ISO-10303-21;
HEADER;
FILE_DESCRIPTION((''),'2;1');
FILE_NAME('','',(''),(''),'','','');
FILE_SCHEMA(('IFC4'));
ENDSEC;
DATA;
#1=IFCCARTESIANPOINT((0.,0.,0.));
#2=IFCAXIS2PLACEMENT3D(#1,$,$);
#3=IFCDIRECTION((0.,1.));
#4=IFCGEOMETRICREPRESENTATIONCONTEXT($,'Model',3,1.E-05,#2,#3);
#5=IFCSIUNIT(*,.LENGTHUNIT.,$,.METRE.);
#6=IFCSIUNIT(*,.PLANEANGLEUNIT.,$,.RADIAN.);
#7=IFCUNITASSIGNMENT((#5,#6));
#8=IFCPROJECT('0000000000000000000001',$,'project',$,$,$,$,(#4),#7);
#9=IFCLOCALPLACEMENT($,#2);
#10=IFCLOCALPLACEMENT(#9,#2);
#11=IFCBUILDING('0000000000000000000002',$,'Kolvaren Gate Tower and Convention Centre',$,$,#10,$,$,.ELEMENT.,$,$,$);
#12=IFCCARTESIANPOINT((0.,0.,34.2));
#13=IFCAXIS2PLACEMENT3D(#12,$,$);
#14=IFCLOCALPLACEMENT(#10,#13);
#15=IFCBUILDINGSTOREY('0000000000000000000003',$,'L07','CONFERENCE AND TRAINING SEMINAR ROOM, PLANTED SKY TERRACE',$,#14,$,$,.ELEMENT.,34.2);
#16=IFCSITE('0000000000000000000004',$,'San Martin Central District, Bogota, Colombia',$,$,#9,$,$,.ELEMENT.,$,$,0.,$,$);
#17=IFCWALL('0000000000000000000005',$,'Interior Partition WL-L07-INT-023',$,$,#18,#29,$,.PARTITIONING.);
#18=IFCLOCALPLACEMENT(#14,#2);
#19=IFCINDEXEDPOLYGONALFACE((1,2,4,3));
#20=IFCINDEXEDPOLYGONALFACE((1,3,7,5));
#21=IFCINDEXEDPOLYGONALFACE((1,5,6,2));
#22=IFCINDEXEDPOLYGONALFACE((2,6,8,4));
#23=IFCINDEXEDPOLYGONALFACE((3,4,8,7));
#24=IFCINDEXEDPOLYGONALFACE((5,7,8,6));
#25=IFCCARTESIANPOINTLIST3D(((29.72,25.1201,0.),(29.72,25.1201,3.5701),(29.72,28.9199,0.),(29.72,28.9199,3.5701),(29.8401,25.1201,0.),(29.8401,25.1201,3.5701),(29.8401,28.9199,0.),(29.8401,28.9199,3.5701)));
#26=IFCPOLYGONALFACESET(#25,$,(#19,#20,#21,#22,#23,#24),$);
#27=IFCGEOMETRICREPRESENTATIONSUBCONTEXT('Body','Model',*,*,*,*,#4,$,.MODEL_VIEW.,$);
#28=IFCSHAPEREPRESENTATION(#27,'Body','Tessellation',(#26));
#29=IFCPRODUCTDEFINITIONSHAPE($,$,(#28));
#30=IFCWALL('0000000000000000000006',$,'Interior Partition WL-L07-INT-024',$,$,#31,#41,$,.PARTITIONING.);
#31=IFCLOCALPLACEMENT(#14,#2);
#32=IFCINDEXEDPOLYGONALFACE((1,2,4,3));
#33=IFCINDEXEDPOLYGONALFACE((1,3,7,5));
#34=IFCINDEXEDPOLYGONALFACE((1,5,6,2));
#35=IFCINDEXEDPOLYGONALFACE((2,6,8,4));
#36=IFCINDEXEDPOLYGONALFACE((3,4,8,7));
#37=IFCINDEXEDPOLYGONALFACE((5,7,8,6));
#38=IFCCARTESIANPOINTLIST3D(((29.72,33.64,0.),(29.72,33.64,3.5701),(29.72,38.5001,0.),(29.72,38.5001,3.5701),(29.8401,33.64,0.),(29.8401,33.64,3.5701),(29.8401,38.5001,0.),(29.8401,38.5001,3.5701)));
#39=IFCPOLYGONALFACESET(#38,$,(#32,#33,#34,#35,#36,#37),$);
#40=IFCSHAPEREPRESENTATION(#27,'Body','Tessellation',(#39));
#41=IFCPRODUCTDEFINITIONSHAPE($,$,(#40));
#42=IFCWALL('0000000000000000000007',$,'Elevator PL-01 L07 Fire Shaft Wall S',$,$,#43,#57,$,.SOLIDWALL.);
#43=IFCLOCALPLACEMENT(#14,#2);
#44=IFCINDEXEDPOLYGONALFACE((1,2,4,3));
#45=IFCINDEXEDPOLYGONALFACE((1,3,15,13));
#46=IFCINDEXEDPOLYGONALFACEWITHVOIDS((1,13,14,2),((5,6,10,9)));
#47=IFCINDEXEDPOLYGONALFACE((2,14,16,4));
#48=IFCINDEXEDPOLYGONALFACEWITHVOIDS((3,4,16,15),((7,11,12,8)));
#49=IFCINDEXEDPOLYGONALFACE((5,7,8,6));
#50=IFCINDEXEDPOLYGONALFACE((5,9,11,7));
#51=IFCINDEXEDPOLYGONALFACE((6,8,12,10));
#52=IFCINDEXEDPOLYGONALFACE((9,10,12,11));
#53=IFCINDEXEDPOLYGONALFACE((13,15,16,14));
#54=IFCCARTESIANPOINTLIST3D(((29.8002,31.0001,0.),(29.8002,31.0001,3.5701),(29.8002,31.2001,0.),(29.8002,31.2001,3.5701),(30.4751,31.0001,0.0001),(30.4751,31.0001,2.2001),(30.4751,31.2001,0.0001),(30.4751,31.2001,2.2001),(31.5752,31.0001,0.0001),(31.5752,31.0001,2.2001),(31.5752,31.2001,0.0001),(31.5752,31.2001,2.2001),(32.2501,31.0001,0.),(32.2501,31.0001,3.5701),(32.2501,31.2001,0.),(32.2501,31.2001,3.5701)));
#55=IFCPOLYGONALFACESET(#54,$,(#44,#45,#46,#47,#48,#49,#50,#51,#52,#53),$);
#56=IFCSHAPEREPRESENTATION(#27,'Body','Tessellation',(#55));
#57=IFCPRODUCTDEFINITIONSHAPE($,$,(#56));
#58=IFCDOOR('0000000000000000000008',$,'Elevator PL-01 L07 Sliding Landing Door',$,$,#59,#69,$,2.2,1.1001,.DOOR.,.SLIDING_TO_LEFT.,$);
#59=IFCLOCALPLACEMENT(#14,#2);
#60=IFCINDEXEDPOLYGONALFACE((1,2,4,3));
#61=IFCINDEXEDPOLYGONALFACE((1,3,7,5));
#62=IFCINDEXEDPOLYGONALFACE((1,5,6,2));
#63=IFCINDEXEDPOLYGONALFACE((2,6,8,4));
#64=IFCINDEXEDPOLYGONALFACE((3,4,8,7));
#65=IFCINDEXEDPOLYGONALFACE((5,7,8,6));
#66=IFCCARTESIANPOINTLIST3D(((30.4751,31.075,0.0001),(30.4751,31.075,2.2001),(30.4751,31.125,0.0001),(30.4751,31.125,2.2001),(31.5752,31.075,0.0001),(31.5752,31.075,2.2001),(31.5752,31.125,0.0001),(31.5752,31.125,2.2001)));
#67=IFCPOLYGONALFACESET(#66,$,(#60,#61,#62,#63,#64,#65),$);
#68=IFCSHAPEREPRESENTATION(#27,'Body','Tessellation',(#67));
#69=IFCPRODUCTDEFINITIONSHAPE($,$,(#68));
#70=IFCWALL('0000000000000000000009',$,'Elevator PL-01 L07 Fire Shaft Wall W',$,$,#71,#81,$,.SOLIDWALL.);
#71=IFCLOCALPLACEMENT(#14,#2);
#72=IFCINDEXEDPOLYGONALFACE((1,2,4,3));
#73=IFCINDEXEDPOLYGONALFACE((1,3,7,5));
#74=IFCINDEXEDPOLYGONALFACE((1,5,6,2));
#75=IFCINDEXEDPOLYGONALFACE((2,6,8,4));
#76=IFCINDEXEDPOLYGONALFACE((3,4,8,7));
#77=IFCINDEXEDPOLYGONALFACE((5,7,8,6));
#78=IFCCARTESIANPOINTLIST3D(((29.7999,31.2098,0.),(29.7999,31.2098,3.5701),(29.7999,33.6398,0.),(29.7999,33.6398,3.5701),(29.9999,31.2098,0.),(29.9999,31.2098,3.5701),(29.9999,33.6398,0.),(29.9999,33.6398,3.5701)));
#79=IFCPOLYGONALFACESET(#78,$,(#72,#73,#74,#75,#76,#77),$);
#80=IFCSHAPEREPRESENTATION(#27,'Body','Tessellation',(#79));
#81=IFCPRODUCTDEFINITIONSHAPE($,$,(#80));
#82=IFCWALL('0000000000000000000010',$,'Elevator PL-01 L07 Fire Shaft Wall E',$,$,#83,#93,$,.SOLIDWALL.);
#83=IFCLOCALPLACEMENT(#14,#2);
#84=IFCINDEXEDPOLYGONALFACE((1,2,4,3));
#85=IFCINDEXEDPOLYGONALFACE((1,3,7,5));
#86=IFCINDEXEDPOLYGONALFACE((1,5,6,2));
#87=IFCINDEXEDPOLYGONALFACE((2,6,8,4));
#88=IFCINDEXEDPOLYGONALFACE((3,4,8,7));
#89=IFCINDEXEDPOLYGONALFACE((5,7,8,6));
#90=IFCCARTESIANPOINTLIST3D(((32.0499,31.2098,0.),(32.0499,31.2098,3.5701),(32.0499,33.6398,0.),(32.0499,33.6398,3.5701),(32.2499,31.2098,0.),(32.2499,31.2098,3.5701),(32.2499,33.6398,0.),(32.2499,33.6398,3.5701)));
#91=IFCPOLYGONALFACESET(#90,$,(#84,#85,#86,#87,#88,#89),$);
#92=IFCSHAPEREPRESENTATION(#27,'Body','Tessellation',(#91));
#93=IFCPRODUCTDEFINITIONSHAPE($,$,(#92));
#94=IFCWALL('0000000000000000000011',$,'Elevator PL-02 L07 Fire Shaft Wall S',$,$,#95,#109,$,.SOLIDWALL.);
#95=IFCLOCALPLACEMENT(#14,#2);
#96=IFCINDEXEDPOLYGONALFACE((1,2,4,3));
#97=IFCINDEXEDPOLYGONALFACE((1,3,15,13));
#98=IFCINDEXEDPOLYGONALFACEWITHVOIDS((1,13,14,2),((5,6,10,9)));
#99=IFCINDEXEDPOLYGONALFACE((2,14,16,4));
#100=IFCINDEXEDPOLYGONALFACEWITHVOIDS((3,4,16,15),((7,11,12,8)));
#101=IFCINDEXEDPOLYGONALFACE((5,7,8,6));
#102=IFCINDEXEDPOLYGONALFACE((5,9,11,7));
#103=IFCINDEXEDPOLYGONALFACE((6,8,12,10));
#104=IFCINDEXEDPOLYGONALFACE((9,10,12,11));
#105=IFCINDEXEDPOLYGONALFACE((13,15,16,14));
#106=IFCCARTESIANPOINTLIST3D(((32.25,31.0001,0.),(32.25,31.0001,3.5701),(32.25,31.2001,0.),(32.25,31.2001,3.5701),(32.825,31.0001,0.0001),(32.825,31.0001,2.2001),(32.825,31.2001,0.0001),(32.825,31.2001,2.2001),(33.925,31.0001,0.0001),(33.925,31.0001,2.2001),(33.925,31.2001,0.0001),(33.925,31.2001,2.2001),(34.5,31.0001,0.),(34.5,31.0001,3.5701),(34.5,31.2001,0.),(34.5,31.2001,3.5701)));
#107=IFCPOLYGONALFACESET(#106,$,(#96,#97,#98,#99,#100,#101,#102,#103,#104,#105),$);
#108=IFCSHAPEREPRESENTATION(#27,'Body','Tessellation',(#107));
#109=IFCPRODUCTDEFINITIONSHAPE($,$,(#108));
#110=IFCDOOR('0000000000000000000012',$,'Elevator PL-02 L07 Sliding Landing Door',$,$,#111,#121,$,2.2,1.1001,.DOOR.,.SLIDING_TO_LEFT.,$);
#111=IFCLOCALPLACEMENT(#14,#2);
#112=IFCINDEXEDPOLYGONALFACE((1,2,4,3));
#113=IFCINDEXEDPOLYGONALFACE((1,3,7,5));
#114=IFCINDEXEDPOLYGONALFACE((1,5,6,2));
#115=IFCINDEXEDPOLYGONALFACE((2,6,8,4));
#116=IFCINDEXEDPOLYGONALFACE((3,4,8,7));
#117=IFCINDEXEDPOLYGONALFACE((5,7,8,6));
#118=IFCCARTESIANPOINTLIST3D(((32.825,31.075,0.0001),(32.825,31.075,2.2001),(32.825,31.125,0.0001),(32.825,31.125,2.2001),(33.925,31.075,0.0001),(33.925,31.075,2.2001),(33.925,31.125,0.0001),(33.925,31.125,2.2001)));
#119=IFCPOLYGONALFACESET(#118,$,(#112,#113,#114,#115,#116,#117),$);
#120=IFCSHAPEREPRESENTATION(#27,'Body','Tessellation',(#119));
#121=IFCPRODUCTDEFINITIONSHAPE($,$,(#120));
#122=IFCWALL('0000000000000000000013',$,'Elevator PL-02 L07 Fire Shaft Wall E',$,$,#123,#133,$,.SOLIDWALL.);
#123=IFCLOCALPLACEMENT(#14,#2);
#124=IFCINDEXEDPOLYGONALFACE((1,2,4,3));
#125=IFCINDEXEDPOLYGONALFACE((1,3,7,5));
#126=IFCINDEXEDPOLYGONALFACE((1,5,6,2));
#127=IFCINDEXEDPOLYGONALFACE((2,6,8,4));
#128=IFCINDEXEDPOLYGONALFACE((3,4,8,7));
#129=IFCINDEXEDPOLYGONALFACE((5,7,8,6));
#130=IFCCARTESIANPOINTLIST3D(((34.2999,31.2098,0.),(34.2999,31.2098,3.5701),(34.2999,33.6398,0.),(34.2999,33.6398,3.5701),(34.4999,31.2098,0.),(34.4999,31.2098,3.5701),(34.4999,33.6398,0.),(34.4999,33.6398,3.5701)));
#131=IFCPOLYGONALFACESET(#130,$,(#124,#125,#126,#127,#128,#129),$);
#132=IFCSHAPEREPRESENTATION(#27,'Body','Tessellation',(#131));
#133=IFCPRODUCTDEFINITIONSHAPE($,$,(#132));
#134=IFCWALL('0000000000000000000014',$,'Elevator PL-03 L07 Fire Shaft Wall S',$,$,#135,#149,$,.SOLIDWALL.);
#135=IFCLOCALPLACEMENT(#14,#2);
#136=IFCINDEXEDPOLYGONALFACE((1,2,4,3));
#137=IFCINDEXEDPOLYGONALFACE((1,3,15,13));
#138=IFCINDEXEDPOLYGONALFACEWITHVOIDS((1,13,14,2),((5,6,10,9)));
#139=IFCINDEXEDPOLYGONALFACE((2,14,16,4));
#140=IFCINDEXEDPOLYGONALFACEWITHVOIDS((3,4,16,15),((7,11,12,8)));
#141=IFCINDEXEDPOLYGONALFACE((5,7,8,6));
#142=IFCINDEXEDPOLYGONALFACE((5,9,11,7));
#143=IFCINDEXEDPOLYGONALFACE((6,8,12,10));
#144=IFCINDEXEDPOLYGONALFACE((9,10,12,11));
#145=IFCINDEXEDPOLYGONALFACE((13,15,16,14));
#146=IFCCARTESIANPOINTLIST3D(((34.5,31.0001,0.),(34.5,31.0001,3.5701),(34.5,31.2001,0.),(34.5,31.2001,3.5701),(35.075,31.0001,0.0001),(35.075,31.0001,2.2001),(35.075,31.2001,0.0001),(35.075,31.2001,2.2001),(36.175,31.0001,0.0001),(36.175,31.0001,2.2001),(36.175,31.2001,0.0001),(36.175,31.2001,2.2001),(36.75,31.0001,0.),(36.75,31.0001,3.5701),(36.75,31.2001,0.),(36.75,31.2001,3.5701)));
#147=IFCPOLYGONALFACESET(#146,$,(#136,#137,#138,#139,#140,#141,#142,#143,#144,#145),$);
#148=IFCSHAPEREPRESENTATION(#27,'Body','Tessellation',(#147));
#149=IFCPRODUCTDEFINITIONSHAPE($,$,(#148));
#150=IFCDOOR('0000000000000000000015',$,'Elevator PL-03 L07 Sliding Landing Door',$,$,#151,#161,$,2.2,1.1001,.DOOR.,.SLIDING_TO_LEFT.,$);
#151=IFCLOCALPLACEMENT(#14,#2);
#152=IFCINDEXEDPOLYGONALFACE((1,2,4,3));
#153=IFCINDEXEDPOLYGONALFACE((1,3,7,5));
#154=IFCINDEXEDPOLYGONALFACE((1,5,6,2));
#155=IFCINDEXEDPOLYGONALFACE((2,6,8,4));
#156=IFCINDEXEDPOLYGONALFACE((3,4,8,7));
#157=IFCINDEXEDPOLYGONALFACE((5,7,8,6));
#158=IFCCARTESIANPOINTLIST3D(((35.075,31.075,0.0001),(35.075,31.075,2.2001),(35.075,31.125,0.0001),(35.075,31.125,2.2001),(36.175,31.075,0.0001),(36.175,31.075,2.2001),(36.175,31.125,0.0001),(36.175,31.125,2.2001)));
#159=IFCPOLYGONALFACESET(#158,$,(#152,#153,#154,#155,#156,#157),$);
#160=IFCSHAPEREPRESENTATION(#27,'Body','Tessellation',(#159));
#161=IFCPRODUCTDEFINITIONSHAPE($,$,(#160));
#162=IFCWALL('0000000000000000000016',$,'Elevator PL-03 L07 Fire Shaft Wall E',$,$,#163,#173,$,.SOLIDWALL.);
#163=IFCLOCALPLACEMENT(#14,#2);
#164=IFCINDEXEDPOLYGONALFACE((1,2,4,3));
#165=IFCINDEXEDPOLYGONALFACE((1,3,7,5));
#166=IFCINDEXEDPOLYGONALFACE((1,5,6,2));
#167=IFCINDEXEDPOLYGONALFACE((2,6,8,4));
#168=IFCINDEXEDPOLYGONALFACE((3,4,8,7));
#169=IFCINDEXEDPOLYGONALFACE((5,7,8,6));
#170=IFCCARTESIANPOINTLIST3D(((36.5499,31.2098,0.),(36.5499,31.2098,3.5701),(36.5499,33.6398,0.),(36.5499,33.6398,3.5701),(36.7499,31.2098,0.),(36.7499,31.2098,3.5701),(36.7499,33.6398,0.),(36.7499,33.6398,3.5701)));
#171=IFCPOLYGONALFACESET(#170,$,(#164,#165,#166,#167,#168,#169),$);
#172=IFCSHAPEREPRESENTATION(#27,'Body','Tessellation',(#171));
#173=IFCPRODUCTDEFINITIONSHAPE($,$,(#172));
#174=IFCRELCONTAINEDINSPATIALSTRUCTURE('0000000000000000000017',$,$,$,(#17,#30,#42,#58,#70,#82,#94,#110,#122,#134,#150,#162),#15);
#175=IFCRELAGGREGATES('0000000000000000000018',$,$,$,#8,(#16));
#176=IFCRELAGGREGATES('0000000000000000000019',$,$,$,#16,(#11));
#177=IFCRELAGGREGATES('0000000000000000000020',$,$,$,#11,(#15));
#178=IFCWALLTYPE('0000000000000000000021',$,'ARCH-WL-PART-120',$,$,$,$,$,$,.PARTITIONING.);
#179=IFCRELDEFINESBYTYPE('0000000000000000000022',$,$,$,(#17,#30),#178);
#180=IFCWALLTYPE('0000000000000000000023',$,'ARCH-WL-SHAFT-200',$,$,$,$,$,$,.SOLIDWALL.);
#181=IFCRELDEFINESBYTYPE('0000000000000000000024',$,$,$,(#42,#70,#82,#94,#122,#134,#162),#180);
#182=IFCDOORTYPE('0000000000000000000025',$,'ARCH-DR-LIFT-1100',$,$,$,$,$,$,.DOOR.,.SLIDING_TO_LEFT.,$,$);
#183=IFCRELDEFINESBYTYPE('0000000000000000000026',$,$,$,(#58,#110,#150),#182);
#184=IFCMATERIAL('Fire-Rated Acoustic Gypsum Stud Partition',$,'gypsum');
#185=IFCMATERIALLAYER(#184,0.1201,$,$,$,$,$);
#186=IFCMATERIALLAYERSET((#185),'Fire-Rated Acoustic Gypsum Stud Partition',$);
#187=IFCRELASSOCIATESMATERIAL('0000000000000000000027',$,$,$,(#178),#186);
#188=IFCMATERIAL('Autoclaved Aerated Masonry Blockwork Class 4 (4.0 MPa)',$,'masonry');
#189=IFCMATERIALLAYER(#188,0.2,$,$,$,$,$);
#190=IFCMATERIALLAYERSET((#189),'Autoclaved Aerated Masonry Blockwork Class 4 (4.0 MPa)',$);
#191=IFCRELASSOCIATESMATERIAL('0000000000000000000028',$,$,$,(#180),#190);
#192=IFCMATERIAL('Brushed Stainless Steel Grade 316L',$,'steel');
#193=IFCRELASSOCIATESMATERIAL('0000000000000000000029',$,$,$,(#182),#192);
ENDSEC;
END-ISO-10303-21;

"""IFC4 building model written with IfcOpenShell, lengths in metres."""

from ifc_helpers import new_model, si_unit, direction, frame, frame_2d, origin, place, context, subcontext, project, spatial, rectangle, extrude, material, layer, layer_set, type_object, element, fill, save


model = new_model("IFC4")

# Units and contexts
model_context = context("Model", 3, precision=1e-05, world=origin(), true_north=direction((0.0, 1.0)))
body_context = subcontext(model_context, "Body", "Model", "MODEL_VIEW")
ifc_project = project(units=[si_unit("LENGTHUNIT", "METRE"), si_unit("PLANEANGLEUNIT", "RADIAN")], contexts=[model_context])

# Site, building, storey
site_placement = place(None, origin())
site = spatial("IfcSite", under=ifc_project, at=site_placement, Name="San Martin Central District, Bogota, Colombia", CompositionType="ELEMENT", RefElevation=0.0)
building_placement = place(site_placement, origin())
building = spatial("IfcBuilding", under=site, at=building_placement, Name="Kolvaren Gate Tower and Convention Centre", CompositionType="ELEMENT")
storey_placement = place(building_placement, frame((0.0, 0.0, 34.2)))
storey = spatial("IfcBuildingStorey", under=building, at=storey_placement, Name="L07", Description="CONFERENCE AND TRAINING SEMINAR ROOM, PLANTED SKY TERRACE", CompositionType="ELEMENT", Elevation=34.2)

# Walls
ifc_material_1 = material(Name="Fire-Rated Acoustic Gypsum Stud Partition", Category="gypsum")
ifc_layer_1 = layer(ifc_material_1, 0.1201)
ifc_layer_set_1 = layer_set([ifc_layer_1], Name="Fire-Rated Acoustic Gypsum Stud Partition")
wall_type_1 = type_object("IfcWallType", Name="ARCH-WL-PART-120", PredefinedType="PARTITIONING", material=ifc_layer_set_1)
wall_1_placement = place(storey_placement, frame((29.78, 25.1201, 0.0), z_axis=(0.0, 0.0, 1.0), x_axis=(0.0, 1.0, 0.0)))
element("IfcWall", 1, at=wall_1_placement, inside=storey, type_object=wall_type_1, Name="Interior Partition WL-L07-INT-023", PredefinedType="PARTITIONING", context=body_context, shape_type="SweptSolid", body=[
    extrude(rectangle(XDim=3.7998, YDim=0.1201, at=frame_2d((1.8999, 0.0))), origin(), (0.0, 0.0, 1.0), 3.5701),
])
wall_2_placement = place(storey_placement, frame((29.78, 33.6399, 0.0), z_axis=(0.0, 0.0, 1.0), x_axis=(0.0, 1.0, 0.0)))
element("IfcWall", 2, at=wall_2_placement, inside=storey, type_object=wall_type_1, Name="Interior Partition WL-L07-INT-024", PredefinedType="PARTITIONING", context=body_context, shape_type="SweptSolid", body=[
    extrude(rectangle(XDim=4.8601, YDim=0.1201, at=frame_2d((2.4302, 0.0))), origin(), (0.0, 0.0, 1.0), 3.5701),
])

# Wall, opening, door
ifc_material_2 = material(Name="Autoclaved Aerated Masonry Blockwork Class 4 (4.0 MPa)", Category="masonry")
ifc_layer_2 = layer(ifc_material_2, 0.2)
ifc_layer_set_2 = layer_set([ifc_layer_2], Name="Autoclaved Aerated Masonry Blockwork Class 4 (4.0 MPa)")
wall_type_2 = type_object("IfcWallType", Name="ARCH-WL-SHAFT-200", PredefinedType="SOLIDWALL", material=ifc_layer_set_2)
wall_3_placement = place(storey_placement, frame((29.8, 31.1001, 0.0), z_axis=(0.0, 0.0, 1.0), x_axis=(1.0, 0.0, 0.0)))
wall_3 = element("IfcWall", 3, at=wall_3_placement, inside=storey, type_object=wall_type_2, Name="Elevator PL-01 L07 Fire Shaft Wall S", PredefinedType="SOLIDWALL", context=body_context, shape_type="SweptSolid", body=[
    extrude(rectangle(XDim=2.45, YDim=0.2, at=frame_2d((1.2251, 0.0))), origin(), (0.0, 0.0, 1.0), 3.5701),
])
opening_1_placement = place(wall_3_placement, frame((0.675, 0.0, 0.0)))
opening_1 = element("IfcOpeningElement", 4, at=opening_1_placement, cuts=wall_3, PredefinedType="OPENING", context=body_context, shape_type="SweptSolid", body=[
    extrude(rectangle(XDim=1.1001, YDim=2.2, at=frame_2d((0.55, 1.1001))), frame((0.0, 0.1099, 0.0), z_axis=(0.0, -1.0, 0.0), x_axis=(1.0, 0.0, 0.0)), (0.0, 0.0, 1.0), 0.22),
])
ifc_material_3 = material(Name="Brushed Stainless Steel Grade 316L", Category="steel")
door_type_1 = type_object("IfcDoorType", Name="ARCH-DR-LIFT-1100", OperationType="SLIDING_TO_LEFT", PredefinedType="DOOR", material=ifc_material_3)
door_1_placement = place(opening_1_placement, origin())
door_1 = element("IfcDoor", 5, at=door_1_placement, inside=storey, type_object=door_type_1, Name="Elevator PL-01 L07 Sliding Landing Door", OperationType="SLIDING_TO_LEFT", OverallHeight=2.2, OverallWidth=1.1001, PredefinedType="DOOR", context=body_context, shape_type="SweptSolid", body=[
    extrude(rectangle(XDim=1.1001, YDim=2.2, at=frame_2d((0.55, 1.1001))), frame((0.0, 0.0249, 0.0), z_axis=(0.0, -1.0, 0.0), x_axis=(1.0, 0.0, 0.0)), (0.0, 0.0, 1.0), 0.05),
])
fill(opening_1, door_1)

# Walls
for number, where, z_axis, x_axis, name in (
    (6, (29.8999, 31.21, 0.0), (0.0, 0.0, 1.0), (0.0, 1.0, 0.0), "Elevator PL-01 L07 Fire Shaft Wall W"),
    (7, (32.1499, 31.21, 0.0), (0.0, 0.0, 1.0), (0.0, 1.0, 0.0), "Elevator PL-01 L07 Fire Shaft Wall E"),
):
    element("IfcWall", number, at=place(storey_placement, frame(where, z_axis=z_axis, x_axis=x_axis)), inside=storey, type_object=wall_type_2, Name=name, PredefinedType="SOLIDWALL", context=body_context, shape_type="SweptSolid", body=[
        extrude(rectangle(XDim=2.4299, YDim=0.2, at=frame_2d((1.2148, 0.0))), origin(), (0.0, 0.0, 1.0), 3.5701),
    ])

# Wall, opening, door
wall_4_placement = place(storey_placement, frame((32.25, 31.1001, 0.0), z_axis=(0.0, 0.0, 1.0), x_axis=(1.0, 0.0, 0.0)))
wall_4 = element("IfcWall", 8, at=wall_4_placement, inside=storey, type_object=wall_type_2, Name="Elevator PL-02 L07 Fire Shaft Wall S", PredefinedType="SOLIDWALL", context=body_context, shape_type="SweptSolid", body=[
    extrude(rectangle(XDim=2.25, YDim=0.2, at=frame_2d((1.125, 0.0))), origin(), (0.0, 0.0, 1.0), 3.5701),
])
opening_2_placement = place(wall_4_placement, frame((0.575, 0.0, 0.0)))
opening_2 = element("IfcOpeningElement", 9, at=opening_2_placement, cuts=wall_4, PredefinedType="OPENING", context=body_context, shape_type="SweptSolid", body=[
    extrude(rectangle(XDim=1.1001, YDim=2.2, at=frame_2d((0.55, 1.1001))), frame((0.0, 0.1099, 0.0), z_axis=(0.0, -1.0, 0.0), x_axis=(1.0, 0.0, 0.0)), (0.0, 0.0, 1.0), 0.22),
])
door_2_placement = place(opening_2_placement, origin())
door_2 = element("IfcDoor", 10, at=door_2_placement, inside=storey, type_object=door_type_1, Name="Elevator PL-02 L07 Sliding Landing Door", OperationType="SLIDING_TO_LEFT", OverallHeight=2.2, OverallWidth=1.1001, PredefinedType="DOOR", context=body_context, shape_type="SweptSolid", body=[
    extrude(rectangle(XDim=1.1001, YDim=2.2, at=frame_2d((0.55, 1.1001))), frame((0.0, 0.0249, 0.0), z_axis=(0.0, -1.0, 0.0), x_axis=(1.0, 0.0, 0.0)), (0.0, 0.0, 1.0), 0.05),
])
fill(opening_2, door_2)

# Wall
wall_5_placement = place(storey_placement, frame((34.3999, 31.21, 0.0), z_axis=(0.0, 0.0, 1.0), x_axis=(0.0, 1.0, 0.0)))
element("IfcWall", 11, at=wall_5_placement, inside=storey, type_object=wall_type_2, Name="Elevator PL-02 L07 Fire Shaft Wall E", PredefinedType="SOLIDWALL", context=body_context, shape_type="SweptSolid", body=[
    extrude(rectangle(XDim=2.4299, YDim=0.2, at=frame_2d((1.2148, 0.0))), origin(), (0.0, 0.0, 1.0), 3.5701),
])

# Wall, opening, door
wall_6_placement = place(storey_placement, frame((34.5, 31.1001, 0.0), z_axis=(0.0, 0.0, 1.0), x_axis=(1.0, 0.0, 0.0)))
wall_6 = element("IfcWall", 12, at=wall_6_placement, inside=storey, type_object=wall_type_2, Name="Elevator PL-03 L07 Fire Shaft Wall S", PredefinedType="SOLIDWALL", context=body_context, shape_type="SweptSolid", body=[
    extrude(rectangle(XDim=2.25, YDim=0.2, at=frame_2d((1.125, 0.0))), origin(), (0.0, 0.0, 1.0), 3.5701),
])
opening_3_placement = place(wall_6_placement, frame((0.575, 0.0, 0.0)))
opening_3 = element("IfcOpeningElement", 13, at=opening_3_placement, cuts=wall_6, PredefinedType="OPENING", context=body_context, shape_type="SweptSolid", body=[
    extrude(rectangle(XDim=1.1001, YDim=2.2, at=frame_2d((0.55, 1.1001))), frame((0.0, 0.1099, 0.0), z_axis=(0.0, -1.0, 0.0), x_axis=(1.0, 0.0, 0.0)), (0.0, 0.0, 1.0), 0.22),
])
door_3_placement = place(opening_3_placement, origin())
door_3 = element("IfcDoor", 14, at=door_3_placement, inside=storey, type_object=door_type_1, Name="Elevator PL-03 L07 Sliding Landing Door", OperationType="SLIDING_TO_LEFT", OverallHeight=2.2, OverallWidth=1.1001, PredefinedType="DOOR", context=body_context, shape_type="SweptSolid", body=[
    extrude(rectangle(XDim=1.1001, YDim=2.2, at=frame_2d((0.55, 1.1001))), frame((0.0, 0.0249, 0.0), z_axis=(0.0, -1.0, 0.0), x_axis=(1.0, 0.0, 0.0)), (0.0, 0.0, 1.0), 0.05),
])
fill(opening_3, door_3)

# Wall
wall_7_placement = place(storey_placement, frame((36.6499, 31.21, 0.0), z_axis=(0.0, 0.0, 1.0), x_axis=(0.0, 1.0, 0.0)))
element("IfcWall", 15, at=wall_7_placement, inside=storey, type_object=wall_type_2, Name="Elevator PL-03 L07 Fire Shaft Wall E", PredefinedType="SOLIDWALL", context=body_context, shape_type="SweptSolid", body=[
    extrude(rectangle(XDim=2.4299, YDim=0.2, at=frame_2d((1.2148, 0.0))), origin(), (0.0, 0.0, 1.0), 3.5701),
])

save(model, "model.ifc")
